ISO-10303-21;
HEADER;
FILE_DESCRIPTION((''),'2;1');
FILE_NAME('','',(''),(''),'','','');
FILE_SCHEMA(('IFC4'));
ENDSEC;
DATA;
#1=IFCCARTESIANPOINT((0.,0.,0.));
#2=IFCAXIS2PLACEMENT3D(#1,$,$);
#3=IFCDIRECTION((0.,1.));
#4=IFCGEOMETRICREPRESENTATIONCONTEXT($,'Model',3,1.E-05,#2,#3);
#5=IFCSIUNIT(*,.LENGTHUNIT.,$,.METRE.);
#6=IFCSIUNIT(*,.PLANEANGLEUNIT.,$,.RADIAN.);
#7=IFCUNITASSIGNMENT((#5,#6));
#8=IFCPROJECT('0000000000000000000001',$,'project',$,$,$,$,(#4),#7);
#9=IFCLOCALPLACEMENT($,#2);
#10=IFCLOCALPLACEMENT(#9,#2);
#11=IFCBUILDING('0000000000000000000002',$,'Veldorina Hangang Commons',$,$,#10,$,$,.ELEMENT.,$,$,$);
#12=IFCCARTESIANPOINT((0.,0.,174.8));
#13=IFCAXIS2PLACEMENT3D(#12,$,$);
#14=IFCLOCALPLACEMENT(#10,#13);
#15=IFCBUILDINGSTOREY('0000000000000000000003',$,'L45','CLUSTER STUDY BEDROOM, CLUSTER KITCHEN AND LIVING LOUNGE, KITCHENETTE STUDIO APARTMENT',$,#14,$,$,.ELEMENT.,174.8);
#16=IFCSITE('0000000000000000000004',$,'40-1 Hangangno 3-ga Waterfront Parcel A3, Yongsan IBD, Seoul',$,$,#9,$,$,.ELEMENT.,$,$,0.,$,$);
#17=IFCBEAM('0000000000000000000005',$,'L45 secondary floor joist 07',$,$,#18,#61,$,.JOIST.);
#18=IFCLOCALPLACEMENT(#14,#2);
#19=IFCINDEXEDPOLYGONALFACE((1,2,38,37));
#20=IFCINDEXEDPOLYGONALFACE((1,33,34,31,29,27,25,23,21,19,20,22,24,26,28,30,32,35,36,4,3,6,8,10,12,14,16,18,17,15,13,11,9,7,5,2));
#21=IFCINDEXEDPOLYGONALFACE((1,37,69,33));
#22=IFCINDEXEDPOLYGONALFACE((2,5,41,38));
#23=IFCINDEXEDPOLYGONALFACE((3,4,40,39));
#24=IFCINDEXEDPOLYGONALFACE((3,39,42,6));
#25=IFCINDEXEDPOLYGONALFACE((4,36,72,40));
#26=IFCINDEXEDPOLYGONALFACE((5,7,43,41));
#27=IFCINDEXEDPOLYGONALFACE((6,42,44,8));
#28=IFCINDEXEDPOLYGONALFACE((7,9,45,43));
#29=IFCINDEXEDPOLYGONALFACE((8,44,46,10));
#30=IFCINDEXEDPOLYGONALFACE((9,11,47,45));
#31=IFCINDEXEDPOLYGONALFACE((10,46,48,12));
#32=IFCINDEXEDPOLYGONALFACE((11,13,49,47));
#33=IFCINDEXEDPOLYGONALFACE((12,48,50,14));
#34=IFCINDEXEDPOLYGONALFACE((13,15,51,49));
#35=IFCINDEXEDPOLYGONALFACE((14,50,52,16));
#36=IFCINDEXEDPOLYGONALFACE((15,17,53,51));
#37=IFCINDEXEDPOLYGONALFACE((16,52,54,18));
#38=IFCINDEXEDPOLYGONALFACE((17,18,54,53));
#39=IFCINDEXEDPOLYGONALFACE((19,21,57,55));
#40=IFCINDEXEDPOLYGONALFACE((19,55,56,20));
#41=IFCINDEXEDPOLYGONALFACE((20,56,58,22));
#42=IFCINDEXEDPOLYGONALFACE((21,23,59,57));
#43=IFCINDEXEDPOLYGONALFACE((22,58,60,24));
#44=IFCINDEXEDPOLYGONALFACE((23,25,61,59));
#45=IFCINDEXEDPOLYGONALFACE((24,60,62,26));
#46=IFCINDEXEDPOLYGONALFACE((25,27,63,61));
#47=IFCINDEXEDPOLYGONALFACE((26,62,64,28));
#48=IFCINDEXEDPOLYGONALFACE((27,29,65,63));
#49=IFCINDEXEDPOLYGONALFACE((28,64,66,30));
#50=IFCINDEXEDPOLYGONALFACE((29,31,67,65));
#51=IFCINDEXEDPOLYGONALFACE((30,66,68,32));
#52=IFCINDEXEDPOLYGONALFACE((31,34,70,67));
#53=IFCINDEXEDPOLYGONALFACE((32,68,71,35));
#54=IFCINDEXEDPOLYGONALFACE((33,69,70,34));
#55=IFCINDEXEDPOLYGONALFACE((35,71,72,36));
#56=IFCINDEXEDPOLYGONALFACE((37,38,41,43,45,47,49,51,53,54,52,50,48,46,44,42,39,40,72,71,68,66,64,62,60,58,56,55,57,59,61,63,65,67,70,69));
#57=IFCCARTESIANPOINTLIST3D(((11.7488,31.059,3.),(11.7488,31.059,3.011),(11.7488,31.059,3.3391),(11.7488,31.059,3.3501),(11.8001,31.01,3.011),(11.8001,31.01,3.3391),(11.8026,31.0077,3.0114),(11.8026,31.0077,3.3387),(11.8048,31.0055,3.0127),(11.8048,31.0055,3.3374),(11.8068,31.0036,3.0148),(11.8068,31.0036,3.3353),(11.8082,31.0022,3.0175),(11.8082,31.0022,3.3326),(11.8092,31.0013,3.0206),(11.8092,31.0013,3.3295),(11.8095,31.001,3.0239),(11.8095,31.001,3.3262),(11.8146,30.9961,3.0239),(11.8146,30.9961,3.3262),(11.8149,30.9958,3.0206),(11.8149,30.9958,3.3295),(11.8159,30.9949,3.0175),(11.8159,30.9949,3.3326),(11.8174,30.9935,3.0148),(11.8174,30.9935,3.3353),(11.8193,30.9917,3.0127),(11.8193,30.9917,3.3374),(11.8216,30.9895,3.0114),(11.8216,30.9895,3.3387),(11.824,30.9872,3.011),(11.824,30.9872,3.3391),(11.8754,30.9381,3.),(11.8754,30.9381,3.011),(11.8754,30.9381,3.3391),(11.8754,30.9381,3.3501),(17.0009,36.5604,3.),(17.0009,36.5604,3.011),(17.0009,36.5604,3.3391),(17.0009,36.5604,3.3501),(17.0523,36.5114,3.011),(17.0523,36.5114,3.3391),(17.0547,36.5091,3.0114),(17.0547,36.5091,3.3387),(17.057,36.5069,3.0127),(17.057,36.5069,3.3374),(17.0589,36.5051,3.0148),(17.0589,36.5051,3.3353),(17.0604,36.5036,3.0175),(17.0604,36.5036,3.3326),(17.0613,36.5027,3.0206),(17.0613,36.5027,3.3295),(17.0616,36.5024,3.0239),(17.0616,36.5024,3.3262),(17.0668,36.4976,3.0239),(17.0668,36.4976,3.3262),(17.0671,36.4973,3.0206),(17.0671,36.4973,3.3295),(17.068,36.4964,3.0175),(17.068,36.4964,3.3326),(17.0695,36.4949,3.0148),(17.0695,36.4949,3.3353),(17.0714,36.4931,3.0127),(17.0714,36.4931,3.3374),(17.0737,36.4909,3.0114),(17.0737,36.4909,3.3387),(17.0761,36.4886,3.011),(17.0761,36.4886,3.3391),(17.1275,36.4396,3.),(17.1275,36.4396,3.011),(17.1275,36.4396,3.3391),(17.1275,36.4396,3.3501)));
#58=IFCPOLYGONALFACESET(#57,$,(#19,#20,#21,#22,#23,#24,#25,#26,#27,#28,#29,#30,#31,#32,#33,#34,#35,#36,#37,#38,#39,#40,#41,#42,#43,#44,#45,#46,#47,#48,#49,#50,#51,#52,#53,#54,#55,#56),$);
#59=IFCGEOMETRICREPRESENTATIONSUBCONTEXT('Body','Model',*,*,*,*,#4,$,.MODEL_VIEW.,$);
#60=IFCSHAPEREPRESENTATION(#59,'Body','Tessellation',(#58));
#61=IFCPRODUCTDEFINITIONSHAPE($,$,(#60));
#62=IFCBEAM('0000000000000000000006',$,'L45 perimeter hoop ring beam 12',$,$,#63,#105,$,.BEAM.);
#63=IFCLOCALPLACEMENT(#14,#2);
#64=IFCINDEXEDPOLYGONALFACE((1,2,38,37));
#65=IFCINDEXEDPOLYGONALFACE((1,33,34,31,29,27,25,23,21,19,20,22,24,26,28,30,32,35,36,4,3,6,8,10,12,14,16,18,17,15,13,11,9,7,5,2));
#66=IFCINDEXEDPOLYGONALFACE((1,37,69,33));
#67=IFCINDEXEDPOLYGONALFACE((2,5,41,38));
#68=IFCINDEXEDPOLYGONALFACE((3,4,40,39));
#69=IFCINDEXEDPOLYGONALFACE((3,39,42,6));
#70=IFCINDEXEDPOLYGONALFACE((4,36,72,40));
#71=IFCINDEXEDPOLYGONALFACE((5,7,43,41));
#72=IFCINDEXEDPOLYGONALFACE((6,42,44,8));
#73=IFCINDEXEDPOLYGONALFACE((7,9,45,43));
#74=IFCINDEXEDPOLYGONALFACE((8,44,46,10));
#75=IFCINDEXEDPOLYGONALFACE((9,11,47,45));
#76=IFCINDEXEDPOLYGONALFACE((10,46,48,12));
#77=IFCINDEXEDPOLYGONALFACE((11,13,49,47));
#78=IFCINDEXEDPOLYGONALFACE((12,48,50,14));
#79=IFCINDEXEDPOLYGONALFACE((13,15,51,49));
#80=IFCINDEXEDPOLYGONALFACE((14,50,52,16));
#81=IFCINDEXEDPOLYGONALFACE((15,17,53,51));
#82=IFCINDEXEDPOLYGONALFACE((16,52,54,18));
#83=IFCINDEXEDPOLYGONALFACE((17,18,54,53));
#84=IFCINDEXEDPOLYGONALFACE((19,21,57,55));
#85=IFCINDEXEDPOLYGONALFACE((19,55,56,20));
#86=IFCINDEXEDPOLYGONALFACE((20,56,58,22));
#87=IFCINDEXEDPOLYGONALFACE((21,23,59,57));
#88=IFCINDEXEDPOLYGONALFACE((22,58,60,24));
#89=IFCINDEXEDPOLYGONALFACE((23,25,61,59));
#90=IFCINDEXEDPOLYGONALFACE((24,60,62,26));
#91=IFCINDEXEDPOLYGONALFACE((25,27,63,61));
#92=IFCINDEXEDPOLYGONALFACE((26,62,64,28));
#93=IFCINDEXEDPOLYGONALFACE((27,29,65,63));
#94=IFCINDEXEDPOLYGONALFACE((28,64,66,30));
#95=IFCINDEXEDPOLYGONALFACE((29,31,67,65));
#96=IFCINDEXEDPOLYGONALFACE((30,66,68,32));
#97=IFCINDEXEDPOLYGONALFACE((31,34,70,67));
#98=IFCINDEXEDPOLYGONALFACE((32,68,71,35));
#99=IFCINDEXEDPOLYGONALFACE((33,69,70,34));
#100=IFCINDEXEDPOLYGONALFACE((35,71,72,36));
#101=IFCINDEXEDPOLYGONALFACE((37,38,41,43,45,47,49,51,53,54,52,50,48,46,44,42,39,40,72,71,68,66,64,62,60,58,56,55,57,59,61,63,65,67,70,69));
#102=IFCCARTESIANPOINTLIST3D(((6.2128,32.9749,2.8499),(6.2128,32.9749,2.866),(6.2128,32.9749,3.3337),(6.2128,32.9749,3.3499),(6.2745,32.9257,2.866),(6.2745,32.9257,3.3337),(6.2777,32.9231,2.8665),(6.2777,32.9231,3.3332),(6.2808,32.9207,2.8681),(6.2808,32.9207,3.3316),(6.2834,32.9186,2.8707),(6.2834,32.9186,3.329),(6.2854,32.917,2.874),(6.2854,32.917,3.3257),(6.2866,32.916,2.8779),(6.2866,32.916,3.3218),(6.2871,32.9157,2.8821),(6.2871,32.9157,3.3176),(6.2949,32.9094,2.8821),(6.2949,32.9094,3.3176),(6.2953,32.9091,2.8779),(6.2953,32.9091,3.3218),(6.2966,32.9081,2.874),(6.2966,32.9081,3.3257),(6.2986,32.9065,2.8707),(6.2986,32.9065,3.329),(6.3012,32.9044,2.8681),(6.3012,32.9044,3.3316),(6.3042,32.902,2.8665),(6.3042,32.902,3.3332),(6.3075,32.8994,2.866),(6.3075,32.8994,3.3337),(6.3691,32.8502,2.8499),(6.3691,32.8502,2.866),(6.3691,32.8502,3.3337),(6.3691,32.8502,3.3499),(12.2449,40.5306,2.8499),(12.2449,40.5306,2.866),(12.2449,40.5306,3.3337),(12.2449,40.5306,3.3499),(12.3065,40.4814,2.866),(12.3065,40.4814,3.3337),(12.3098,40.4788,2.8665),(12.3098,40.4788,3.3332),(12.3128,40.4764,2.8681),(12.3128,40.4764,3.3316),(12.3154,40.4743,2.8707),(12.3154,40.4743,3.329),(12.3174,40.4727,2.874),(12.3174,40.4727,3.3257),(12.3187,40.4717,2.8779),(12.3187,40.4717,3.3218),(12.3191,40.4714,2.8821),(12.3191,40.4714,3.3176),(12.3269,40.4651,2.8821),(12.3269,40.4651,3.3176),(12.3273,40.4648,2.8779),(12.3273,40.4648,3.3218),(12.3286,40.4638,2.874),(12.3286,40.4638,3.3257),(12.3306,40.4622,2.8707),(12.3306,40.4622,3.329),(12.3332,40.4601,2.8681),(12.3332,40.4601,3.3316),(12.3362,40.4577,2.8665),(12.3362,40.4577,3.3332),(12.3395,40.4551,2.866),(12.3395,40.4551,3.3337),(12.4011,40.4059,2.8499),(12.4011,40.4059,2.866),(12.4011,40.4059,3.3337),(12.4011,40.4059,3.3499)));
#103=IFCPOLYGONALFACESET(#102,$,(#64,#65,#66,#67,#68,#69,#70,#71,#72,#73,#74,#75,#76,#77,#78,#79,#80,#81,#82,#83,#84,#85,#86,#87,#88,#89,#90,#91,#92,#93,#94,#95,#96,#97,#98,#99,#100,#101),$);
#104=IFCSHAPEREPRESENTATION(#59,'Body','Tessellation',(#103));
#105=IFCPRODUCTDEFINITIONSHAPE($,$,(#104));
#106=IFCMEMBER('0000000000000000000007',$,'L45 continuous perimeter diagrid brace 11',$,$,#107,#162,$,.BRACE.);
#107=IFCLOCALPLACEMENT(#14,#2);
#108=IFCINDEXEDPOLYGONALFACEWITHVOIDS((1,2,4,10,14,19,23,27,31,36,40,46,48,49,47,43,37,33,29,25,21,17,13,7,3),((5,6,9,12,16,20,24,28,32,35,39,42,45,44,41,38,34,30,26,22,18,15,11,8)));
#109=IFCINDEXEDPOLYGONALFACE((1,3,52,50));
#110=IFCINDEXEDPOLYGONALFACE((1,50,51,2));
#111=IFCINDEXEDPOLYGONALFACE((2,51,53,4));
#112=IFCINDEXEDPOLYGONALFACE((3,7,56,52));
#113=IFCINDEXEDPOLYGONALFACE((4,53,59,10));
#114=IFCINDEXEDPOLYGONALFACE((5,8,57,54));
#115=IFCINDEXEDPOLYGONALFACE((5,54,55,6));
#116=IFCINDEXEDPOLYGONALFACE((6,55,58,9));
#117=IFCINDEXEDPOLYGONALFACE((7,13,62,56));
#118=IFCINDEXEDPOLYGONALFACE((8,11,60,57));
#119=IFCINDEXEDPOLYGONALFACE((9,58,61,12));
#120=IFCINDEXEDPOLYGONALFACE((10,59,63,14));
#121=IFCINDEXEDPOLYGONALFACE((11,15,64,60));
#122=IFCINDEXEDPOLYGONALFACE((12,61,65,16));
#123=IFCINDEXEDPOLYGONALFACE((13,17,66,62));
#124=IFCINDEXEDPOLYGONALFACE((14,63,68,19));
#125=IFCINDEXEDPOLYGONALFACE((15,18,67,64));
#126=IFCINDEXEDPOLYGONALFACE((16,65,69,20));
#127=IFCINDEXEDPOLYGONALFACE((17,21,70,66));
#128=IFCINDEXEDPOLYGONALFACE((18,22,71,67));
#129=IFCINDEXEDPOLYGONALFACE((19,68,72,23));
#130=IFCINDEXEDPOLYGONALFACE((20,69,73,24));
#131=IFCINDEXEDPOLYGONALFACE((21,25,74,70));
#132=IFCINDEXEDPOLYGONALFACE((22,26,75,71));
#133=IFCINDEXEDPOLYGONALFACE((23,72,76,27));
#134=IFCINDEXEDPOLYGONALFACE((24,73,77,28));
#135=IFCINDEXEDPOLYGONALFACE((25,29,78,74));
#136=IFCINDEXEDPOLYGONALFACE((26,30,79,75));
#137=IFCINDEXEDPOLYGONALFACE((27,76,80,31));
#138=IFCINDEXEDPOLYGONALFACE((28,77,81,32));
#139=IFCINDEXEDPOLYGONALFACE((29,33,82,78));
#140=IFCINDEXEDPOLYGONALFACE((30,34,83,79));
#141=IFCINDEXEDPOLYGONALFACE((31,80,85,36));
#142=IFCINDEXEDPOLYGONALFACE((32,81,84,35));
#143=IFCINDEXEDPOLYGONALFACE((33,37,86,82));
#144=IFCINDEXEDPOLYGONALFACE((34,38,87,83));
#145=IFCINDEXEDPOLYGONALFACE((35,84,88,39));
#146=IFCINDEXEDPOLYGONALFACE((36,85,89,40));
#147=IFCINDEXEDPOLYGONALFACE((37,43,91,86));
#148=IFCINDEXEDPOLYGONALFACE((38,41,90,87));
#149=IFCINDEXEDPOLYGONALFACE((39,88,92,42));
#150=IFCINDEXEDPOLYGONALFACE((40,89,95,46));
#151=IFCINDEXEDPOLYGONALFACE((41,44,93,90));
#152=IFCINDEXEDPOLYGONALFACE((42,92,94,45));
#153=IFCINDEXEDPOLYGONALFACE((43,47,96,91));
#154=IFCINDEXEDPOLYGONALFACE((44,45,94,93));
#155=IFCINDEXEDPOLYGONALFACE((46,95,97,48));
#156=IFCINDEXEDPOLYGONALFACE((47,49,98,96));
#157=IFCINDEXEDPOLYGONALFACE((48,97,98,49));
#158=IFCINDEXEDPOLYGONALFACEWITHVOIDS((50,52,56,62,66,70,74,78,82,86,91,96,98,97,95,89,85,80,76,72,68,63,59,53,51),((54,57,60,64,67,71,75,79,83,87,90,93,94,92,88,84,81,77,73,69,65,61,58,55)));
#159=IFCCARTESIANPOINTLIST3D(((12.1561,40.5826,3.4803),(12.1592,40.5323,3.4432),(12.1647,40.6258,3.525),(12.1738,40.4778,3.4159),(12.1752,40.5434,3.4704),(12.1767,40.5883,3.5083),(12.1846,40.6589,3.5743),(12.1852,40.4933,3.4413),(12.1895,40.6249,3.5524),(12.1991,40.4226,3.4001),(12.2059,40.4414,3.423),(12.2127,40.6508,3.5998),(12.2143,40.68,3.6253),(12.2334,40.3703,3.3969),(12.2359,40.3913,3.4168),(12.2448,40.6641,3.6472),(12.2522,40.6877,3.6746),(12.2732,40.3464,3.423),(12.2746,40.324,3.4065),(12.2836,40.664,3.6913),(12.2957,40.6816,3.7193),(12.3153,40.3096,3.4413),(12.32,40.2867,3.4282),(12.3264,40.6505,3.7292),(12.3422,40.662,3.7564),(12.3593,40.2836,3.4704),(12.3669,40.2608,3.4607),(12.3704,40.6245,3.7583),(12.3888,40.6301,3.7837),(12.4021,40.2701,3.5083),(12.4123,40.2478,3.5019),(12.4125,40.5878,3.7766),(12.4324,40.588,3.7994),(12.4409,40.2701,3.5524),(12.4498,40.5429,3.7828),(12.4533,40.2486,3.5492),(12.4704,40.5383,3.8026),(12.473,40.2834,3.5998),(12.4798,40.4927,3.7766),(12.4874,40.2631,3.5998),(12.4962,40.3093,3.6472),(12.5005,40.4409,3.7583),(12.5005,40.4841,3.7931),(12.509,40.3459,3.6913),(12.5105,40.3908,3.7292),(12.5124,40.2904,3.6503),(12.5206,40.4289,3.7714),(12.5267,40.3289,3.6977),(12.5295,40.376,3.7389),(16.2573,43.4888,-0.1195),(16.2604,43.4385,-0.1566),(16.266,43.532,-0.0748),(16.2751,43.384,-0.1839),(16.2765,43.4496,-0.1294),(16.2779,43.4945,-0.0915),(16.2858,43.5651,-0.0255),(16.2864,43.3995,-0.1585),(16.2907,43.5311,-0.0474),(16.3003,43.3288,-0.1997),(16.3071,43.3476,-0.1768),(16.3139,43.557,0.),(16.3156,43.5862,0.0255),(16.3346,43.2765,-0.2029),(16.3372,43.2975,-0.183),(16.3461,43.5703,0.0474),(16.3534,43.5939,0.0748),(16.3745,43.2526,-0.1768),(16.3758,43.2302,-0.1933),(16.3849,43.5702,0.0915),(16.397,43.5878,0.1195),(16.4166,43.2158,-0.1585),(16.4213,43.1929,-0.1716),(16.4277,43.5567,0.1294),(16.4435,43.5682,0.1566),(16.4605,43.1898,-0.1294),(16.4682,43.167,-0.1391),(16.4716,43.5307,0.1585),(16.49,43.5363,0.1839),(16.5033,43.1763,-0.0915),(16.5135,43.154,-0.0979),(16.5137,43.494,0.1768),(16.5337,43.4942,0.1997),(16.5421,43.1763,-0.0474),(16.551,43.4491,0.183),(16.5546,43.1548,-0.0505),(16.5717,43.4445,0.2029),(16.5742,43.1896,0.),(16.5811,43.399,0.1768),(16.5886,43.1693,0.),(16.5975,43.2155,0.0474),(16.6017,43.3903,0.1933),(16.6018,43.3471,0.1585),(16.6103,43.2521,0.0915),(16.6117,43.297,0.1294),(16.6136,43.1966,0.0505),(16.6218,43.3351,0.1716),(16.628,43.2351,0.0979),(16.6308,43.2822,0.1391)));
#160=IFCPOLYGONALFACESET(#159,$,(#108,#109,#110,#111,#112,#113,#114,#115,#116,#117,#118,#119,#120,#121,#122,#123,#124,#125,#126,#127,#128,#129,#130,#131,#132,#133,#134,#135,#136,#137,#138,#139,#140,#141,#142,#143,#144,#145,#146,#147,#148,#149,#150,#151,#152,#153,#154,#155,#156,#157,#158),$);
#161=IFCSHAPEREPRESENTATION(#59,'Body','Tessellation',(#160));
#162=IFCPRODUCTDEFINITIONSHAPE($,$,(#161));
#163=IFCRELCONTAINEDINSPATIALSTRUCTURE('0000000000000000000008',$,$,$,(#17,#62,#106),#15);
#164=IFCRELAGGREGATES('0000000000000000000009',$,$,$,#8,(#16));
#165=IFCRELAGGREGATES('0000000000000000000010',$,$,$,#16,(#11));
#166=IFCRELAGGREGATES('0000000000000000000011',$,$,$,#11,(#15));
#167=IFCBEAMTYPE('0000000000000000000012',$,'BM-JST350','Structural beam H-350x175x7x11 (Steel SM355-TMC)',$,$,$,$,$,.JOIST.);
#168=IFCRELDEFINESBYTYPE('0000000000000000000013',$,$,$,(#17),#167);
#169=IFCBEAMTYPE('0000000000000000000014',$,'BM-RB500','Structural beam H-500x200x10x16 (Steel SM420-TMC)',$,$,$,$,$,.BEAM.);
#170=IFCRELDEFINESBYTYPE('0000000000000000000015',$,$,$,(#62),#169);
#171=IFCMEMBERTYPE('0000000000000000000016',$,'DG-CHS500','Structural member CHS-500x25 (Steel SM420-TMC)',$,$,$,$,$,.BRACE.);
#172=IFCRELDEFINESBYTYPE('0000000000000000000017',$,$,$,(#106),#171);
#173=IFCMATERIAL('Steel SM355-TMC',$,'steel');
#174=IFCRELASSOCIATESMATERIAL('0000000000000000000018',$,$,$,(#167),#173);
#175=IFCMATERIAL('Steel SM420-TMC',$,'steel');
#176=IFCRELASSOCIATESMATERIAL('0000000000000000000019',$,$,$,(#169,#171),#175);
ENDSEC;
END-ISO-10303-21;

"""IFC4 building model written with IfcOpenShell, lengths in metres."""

from ifc_helpers import new_model, si_unit, direction, frame, origin, origin_2d, place, context, subcontext, project, spatial, hollow_circle, i_section, extrude, material, material_profile, profile_set, type_object, element, save


model = new_model("IFC4")

# Units and contexts
model_context = context("Model", 3, precision=1e-05, world=origin(), true_north=direction((0.0, 1.0)))
body_context = subcontext(model_context, "Body", "Model", "MODEL_VIEW")
ifc_project = project(units=[si_unit("LENGTHUNIT", "METRE"), si_unit("PLANEANGLEUNIT", "RADIAN")], contexts=[model_context])

# Site, building, storey
site_placement = place(None, origin())
site = spatial("IfcSite", under=ifc_project, at=site_placement, Name="40-1 Hangangno 3-ga Waterfront Parcel A3, Yongsan IBD, Seoul", CompositionType="ELEMENT", RefElevation=0.0)
building_placement = place(site_placement, origin())
building = spatial("IfcBuilding", under=site, at=building_placement, Name="Veldorina Hangang Commons", CompositionType="ELEMENT")
storey_placement = place(building_placement, frame((0.0, 0.0, 174.8)))
storey = spatial("IfcBuildingStorey", under=building, at=storey_placement, Name="L45", Description="CLUSTER STUDY BEDROOM, CLUSTER KITCHEN AND LIVING LOUNGE, KITCHENETTE STUDIO APARTMENT", CompositionType="ELEMENT", Elevation=174.8)

# Beams
ifc_material_1 = material(Name="Steel SM355-TMC", Category="steel")
ifc_material_profile_1 = material_profile(ifc_material_1, i_section(OverallWidth=0.175, OverallDepth=0.3501, WebThickness=0.0071, FlangeThickness=0.011, FilletRadius=0.0129, at=origin_2d()), Name="H-350x175x7x11")
ifc_profile_set_1 = profile_set([ifc_material_profile_1], Name="Steel SM355-TMC")
beam_type_1 = type_object("IfcBeamType", Name="BM-JST350", Description="Structural beam H-350x175x7x11 (Steel SM355-TMC)", PredefinedType="JOIST", material=ifc_profile_set_1)
beam_1_placement = place(storey_placement, frame((17.0642, 36.5, 3.175), z_axis=(-0.690531, -0.723303, 0.0), x_axis=(0.723303, -0.690531, 0.0)))
element("IfcBeam", 1, at=beam_1_placement, inside=storey, type_object=beam_type_1, Name="L45 secondary floor joist 07", PredefinedType="JOIST", context=body_context, shape_type="SweptSolid", body=[
    extrude(i_section(OverallWidth=0.175, OverallDepth=0.3501, WebThickness=0.0071, FlangeThickness=0.011, FilletRadius=0.0129, at=origin_2d()), origin(), (0.0, 0.0, 1.0), 7.606),
])
ifc_material_2 = material(Name="Steel SM420-TMC", Category="steel")
ifc_material_profile_2 = material_profile(ifc_material_2, i_section(OverallWidth=0.2, OverallDepth=0.5, WebThickness=0.01, FlangeThickness=0.0161, FilletRadius=0.0161, at=origin_2d()), Name="H-500x200x10x16")
ifc_profile_set_2 = profile_set([ifc_material_profile_2], Name="Steel SM420-TMC")
beam_type_2 = type_object("IfcBeamType", Name="BM-RB500", Description="Structural beam H-500x200x10x16 (Steel SM420-TMC)", PredefinedType="BEAM", material=ifc_profile_set_2)
beam_2_placement = place(storey_placement, frame((12.323, 40.4683, 3.0999), z_axis=(-0.623903, -0.781502, 0.0), x_axis=(0.781502, -0.623903, 0.0)))
element("IfcBeam", 2, at=beam_2_placement, inside=storey, type_object=beam_type_2, Name="L45 perimeter hoop ring beam 12", PredefinedType="BEAM", context=body_context, shape_type="SweptSolid", body=[
    extrude(i_section(OverallWidth=0.2, OverallDepth=0.5, WebThickness=0.01, FlangeThickness=0.0161, FilletRadius=0.0161, at=origin_2d()), origin(), (0.0, 0.0, 1.0), 9.6682),
])

# Member
ifc_material_profile_3 = material_profile(ifc_material_2, hollow_circle(Radius=0.25, WallThickness=0.0249, at=origin_2d()), Name="CHS-500x25")
ifc_profile_set_3 = profile_set([ifc_material_profile_3], Name="Steel SM420-TMC")
member_type = type_object("IfcMemberType", Name="DG-CHS500", Description="Structural member CHS-500x25 (Steel SM420-TMC)", PredefinedType="BRACE", material=ifc_profile_set_3)
member_1_placement = place(storey_placement, frame((16.4441, 43.3733, 0.0), z_axis=(-0.663352, -0.47006, 0.582244), x_axis=(0.57817, -0.815917, 0.0)))
element("IfcMember", 3, at=member_1_placement, inside=storey, type_object=member_type, Name="L45 continuous perimeter diagrid brace 11", PredefinedType="BRACE", context=body_context, shape_type="SweptSolid", body=[
    extrude(hollow_circle(Radius=0.25, WallThickness=0.0249, at=origin_2d()), origin(), (0.0, 0.0, 1.0), 6.1826),
])

save(model, "model.ifc")
